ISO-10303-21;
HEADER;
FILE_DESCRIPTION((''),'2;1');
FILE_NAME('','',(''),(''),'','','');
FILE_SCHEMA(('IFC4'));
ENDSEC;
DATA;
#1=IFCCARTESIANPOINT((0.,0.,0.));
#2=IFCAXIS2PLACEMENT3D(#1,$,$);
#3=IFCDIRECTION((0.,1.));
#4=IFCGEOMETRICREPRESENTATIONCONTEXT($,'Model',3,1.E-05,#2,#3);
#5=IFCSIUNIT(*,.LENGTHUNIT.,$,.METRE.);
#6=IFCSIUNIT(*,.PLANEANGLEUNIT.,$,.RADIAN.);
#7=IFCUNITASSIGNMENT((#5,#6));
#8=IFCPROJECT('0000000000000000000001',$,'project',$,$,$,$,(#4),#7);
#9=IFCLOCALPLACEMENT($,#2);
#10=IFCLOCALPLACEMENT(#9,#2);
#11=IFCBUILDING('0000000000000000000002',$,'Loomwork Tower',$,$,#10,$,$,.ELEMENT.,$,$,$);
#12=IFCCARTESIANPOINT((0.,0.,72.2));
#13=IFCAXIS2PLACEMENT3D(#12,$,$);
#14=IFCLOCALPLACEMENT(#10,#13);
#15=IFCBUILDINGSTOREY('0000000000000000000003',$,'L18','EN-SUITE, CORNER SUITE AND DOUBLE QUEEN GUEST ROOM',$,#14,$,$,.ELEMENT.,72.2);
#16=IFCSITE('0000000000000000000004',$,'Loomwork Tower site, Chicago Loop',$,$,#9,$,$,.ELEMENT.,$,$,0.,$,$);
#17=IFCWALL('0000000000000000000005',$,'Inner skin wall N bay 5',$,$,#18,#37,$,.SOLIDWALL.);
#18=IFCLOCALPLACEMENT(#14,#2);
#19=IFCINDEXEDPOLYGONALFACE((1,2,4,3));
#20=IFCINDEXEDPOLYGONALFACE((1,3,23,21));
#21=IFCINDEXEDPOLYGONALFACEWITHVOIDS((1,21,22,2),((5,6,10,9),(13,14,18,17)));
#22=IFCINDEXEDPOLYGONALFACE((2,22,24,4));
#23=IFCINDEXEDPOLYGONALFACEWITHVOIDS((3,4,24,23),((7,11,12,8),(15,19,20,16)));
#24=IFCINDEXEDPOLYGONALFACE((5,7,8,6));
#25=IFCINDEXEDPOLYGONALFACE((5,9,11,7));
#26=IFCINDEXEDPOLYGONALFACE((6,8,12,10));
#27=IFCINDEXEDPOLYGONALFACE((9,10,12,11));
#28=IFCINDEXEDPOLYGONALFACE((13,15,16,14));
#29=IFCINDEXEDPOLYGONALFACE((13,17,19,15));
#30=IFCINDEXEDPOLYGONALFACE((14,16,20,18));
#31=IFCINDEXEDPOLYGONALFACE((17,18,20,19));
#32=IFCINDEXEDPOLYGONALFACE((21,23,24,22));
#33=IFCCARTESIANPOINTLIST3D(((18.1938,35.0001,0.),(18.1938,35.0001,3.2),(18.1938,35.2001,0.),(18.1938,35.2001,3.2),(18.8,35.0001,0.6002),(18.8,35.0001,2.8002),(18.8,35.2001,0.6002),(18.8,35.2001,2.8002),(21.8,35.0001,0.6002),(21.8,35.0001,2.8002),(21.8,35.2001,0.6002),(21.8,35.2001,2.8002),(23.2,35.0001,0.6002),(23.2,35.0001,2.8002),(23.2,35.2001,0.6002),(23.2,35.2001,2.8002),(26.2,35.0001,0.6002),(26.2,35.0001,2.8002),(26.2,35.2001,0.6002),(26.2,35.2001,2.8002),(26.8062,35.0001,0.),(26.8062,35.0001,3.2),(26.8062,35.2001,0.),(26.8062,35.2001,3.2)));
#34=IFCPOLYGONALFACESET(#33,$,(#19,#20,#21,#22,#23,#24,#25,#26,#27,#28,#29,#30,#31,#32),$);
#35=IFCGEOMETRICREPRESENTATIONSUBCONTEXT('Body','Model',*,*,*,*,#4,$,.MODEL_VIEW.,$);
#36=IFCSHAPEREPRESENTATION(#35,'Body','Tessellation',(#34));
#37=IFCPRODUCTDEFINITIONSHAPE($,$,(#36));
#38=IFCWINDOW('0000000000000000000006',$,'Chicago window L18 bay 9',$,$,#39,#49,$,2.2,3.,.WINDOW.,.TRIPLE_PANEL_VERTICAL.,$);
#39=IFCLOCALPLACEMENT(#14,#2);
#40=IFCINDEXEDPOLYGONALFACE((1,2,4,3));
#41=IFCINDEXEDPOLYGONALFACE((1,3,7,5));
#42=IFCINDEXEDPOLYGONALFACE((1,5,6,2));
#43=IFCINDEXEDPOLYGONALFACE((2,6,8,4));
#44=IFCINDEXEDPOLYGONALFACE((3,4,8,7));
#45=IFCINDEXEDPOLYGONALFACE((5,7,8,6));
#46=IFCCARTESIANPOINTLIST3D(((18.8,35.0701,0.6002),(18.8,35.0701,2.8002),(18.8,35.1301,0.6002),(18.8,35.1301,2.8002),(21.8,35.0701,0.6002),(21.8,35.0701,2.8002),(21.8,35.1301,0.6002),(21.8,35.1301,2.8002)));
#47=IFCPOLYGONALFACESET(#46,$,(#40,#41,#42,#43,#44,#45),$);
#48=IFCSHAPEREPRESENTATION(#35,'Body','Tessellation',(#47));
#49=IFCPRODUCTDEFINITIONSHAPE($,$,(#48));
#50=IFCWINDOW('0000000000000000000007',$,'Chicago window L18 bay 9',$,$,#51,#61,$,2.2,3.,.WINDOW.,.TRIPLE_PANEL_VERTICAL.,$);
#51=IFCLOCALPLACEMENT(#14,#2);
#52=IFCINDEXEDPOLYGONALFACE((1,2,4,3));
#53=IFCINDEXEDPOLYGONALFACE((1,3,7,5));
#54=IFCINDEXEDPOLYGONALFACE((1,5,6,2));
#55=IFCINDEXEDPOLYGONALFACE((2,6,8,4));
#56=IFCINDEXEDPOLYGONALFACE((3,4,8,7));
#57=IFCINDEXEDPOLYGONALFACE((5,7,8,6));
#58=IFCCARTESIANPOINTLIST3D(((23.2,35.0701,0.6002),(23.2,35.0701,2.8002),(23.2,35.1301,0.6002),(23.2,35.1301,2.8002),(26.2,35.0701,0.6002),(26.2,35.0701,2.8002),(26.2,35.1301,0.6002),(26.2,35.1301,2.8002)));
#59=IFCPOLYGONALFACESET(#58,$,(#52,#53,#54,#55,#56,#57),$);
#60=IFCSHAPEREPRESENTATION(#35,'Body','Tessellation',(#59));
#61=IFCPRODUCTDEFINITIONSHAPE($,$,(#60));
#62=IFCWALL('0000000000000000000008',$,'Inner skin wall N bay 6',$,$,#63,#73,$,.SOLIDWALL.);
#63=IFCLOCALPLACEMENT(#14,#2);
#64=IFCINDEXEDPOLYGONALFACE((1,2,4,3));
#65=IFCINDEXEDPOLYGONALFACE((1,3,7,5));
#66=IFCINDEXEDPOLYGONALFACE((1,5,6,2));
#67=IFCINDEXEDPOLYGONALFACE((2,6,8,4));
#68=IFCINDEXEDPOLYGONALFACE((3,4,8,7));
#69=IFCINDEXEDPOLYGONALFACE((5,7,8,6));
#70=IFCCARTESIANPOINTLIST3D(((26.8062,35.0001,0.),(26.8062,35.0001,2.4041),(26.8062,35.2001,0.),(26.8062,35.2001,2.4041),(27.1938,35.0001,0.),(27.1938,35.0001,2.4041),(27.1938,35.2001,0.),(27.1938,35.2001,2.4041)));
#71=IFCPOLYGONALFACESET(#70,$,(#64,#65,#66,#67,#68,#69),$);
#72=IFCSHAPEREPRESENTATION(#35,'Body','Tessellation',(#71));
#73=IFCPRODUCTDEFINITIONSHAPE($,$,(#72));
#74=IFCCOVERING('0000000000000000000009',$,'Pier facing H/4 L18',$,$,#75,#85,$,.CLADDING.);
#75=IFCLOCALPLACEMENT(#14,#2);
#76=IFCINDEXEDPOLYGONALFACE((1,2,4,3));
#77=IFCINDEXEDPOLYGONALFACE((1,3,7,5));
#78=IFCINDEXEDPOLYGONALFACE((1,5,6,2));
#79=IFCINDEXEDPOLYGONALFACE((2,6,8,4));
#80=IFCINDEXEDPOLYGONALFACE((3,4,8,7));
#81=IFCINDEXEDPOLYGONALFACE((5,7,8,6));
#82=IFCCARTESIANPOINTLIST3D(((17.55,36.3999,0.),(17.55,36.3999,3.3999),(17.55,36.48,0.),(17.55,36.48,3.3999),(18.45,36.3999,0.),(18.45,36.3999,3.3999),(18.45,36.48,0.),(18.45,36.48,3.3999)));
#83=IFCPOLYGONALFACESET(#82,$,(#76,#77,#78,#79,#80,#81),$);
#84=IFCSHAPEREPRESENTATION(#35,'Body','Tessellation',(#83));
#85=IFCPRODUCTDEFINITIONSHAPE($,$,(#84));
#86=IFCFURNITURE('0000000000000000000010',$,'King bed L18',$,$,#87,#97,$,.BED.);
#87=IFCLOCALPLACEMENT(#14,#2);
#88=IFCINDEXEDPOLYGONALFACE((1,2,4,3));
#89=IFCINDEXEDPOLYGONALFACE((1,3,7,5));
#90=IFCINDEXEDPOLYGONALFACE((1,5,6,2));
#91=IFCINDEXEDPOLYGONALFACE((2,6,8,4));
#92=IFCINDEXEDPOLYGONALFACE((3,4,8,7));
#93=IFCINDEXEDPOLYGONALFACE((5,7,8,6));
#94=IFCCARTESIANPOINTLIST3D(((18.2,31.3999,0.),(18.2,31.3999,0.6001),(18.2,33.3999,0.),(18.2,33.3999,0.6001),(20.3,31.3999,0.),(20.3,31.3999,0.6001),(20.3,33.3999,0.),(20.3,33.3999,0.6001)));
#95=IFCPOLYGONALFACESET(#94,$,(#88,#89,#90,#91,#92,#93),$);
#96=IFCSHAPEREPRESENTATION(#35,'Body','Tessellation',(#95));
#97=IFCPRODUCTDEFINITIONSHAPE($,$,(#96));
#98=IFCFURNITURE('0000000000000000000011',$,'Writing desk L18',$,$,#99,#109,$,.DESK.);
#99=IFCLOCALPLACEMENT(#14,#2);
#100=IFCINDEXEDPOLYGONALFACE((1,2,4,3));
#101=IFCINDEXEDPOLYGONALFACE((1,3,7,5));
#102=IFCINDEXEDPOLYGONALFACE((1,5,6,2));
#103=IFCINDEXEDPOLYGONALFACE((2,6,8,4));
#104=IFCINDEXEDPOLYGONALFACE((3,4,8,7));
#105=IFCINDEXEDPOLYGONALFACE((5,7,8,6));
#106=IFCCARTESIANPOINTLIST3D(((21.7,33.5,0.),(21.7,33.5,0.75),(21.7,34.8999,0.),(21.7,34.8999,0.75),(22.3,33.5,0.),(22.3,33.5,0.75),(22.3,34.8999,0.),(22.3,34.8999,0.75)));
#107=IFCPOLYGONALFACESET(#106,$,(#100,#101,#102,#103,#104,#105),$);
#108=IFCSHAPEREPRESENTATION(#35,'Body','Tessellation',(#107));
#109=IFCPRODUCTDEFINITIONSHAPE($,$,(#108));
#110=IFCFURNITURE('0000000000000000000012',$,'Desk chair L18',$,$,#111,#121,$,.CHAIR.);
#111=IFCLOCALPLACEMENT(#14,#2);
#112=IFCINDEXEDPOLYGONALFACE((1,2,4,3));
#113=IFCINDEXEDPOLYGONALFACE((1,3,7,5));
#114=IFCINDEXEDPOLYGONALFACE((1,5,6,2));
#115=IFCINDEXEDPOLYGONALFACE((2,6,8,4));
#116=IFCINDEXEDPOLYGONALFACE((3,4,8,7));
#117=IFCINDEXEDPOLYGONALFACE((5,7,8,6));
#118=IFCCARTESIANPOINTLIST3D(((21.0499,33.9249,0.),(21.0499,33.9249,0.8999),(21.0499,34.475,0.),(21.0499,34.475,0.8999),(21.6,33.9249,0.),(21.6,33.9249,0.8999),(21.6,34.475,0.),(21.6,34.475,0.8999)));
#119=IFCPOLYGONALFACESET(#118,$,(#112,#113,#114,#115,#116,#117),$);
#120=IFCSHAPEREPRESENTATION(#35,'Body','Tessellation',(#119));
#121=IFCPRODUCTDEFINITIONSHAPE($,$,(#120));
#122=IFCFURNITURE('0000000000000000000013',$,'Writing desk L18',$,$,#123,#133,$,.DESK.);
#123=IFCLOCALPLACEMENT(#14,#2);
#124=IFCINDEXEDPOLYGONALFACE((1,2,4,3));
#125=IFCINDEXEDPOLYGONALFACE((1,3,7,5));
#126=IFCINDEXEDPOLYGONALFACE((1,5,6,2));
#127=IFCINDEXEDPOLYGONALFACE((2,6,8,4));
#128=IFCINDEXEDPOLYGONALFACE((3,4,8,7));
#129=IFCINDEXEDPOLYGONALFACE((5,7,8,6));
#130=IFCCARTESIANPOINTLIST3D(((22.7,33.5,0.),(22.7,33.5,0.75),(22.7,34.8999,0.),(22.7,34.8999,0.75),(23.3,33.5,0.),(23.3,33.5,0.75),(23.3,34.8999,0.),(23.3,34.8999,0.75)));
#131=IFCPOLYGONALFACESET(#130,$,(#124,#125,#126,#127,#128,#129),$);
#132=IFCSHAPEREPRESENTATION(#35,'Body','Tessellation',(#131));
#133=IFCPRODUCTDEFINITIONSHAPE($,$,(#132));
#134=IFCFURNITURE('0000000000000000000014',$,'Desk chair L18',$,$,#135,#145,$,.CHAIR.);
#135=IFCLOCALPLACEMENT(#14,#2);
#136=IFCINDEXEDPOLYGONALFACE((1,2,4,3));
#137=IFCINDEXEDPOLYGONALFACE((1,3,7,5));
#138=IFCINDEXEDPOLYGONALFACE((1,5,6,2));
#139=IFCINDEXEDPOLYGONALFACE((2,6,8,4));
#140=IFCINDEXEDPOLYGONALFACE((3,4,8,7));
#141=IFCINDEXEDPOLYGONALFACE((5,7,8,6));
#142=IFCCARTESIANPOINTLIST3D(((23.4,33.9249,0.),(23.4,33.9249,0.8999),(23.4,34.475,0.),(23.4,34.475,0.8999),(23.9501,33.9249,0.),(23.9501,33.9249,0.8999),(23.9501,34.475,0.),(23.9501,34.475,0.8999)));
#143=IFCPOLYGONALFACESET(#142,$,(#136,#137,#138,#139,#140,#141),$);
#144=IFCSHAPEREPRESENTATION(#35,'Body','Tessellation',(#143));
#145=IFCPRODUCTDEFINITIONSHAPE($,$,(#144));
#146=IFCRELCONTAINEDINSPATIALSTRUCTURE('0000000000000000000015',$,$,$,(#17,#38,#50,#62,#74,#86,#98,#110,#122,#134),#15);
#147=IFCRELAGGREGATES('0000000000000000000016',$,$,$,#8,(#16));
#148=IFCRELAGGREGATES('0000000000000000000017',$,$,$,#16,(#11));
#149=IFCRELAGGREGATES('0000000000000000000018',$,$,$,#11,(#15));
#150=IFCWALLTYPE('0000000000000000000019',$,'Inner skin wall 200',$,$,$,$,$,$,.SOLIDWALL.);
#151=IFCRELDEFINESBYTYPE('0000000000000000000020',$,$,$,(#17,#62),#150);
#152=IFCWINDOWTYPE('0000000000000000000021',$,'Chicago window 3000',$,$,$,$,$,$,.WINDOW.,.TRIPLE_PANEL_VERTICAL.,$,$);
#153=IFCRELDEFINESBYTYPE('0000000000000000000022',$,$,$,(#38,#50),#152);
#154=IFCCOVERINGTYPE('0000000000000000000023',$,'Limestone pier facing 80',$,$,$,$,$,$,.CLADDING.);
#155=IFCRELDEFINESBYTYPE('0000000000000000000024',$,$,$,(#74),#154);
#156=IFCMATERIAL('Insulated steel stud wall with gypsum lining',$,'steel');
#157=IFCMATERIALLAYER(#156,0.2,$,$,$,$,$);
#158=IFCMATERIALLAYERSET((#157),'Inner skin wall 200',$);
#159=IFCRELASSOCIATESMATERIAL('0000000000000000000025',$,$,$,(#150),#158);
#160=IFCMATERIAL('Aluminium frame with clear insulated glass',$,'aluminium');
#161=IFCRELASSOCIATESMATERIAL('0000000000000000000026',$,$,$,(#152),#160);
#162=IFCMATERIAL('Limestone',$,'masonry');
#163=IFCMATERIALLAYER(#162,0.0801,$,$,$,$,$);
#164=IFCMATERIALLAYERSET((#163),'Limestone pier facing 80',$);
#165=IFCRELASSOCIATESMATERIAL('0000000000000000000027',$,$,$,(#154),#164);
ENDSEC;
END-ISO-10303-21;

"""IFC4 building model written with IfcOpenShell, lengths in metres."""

from ifc_helpers import new_model, si_unit, direction, frame, frame_2d, origin, origin_2d, place, context, subcontext, project, spatial, rectangle, extrude, material, layer, layer_set, type_object, element, fill, save


model = new_model("IFC4")

# Units and contexts
model_context = context("Model", 3, precision=1e-05, world=origin(), true_north=direction((0.0, 1.0)))
body_context = subcontext(model_context, "Body", "Model", "MODEL_VIEW")
ifc_project = project(units=[si_unit("LENGTHUNIT", "METRE"), si_unit("PLANEANGLEUNIT", "RADIAN")], contexts=[model_context])

# Site, building, storey
site_placement = place(None, origin())
site = spatial("IfcSite", under=ifc_project, at=site_placement, Name="Loomwork Tower site, Chicago Loop", CompositionType="ELEMENT", RefElevation=0.0)
building_placement = place(site_placement, origin())
building = spatial("IfcBuilding", under=site, at=building_placement, Name="Loomwork Tower", CompositionType="ELEMENT")
storey_placement = place(building_placement, frame((0.0, 0.0, 72.2)))
storey = spatial("IfcBuildingStorey", under=building, at=storey_placement, Name="L18", Description="EN-SUITE, CORNER SUITE AND DOUBLE QUEEN GUEST ROOM", CompositionType="ELEMENT", Elevation=72.2)

# Shared definitions
ifc_material_1 = material(Name="Insulated steel stud wall with gypsum lining", Category="steel")
ifc_layer_1 = layer(ifc_material_1, 0.2)
ifc_layer_set_1 = layer_set([ifc_layer_1], Name="Inner skin wall 200")
wall_type = type_object("IfcWallType", Name="Inner skin wall 200", PredefinedType="SOLIDWALL", material=ifc_layer_set_1)

# Wall, openings, windows
wall_1_placement = place(storey_placement, frame((18.1938, 35.1001, 0.0), z_axis=(0.0, 0.0, 1.0), x_axis=(1.0, 0.0, 0.0)))
wall_1 = element("IfcWall", 1, at=wall_1_placement, inside=storey, type_object=wall_type, Name="Inner skin wall N bay 5", PredefinedType="SOLIDWALL", context=body_context, shape_type="SweptSolid", body=[
    extrude(rectangle(XDim=8.6123, YDim=0.2, at=frame_2d((4.3062, 0.0))), origin(), (0.0, 0.0, 1.0), 3.2),
])
opening_1_placement = place(wall_1_placement, frame((0.6062, 0.0, 0.6001)))
opening_1 = element("IfcOpeningElement", 2, at=opening_1_placement, cuts=wall_1, PredefinedType="OPENING", context=body_context, shape_type="SweptSolid", body=[
    extrude(rectangle(XDim=3.0, YDim=2.2, at=frame_2d((1.5, 1.1001))), frame((0.0, 0.1099, 0.0), z_axis=(0.0, -1.0, 0.0), x_axis=(1.0, 0.0, 0.0)), (0.0, 0.0, 1.0), 0.22),
])
opening_2_placement = place(wall_1_placement, frame((5.0061, 0.0, 0.6001)))
opening_2 = element("IfcOpeningElement", 3, at=opening_2_placement, cuts=wall_1, PredefinedType="OPENING", context=body_context, shape_type="SweptSolid", body=[
    extrude(rectangle(XDim=3.0, YDim=2.2, at=frame_2d((1.5, 1.1001))), frame((0.0, 0.1099, 0.0), z_axis=(0.0, -1.0, 0.0), x_axis=(1.0, 0.0, 0.0)), (0.0, 0.0, 1.0), 0.22),
])
ifc_material_2 = material(Name="Aluminium frame with clear insulated glass", Category="aluminium")
window_type = type_object("IfcWindowType", Name="Chicago window 3000", PartitioningType="TRIPLE_PANEL_VERTICAL", PredefinedType="WINDOW", material=ifc_material_2)
window_1_placement = place(opening_1_placement, origin())
window_1 = element("IfcWindow", 4, at=window_1_placement, inside=storey, type_object=window_type, Name="Chicago window L18 bay 9", OverallHeight=2.2, OverallWidth=3.0, PartitioningType="TRIPLE_PANEL_VERTICAL", PredefinedType="WINDOW", context=body_context, shape_type="SweptSolid", body=[
    extrude(rectangle(XDim=3.0, YDim=2.2, at=frame_2d((1.5, 1.1001))), frame((0.0, 0.03, 0.0), z_axis=(0.0, -1.0, 0.0), x_axis=(1.0, 0.0, 0.0)), (0.0, 0.0, 1.0), 0.0601),
])
fill(opening_1, window_1)
window_2_placement = place(opening_2_placement, origin())
window_2 = element("IfcWindow", 5, at=window_2_placement, inside=storey, type_object=window_type, Name="Chicago window L18 bay 9", OverallHeight=2.2, OverallWidth=3.0, PartitioningType="TRIPLE_PANEL_VERTICAL", PredefinedType="WINDOW", context=body_context, shape_type="SweptSolid", body=[
    extrude(rectangle(XDim=3.0, YDim=2.2, at=frame_2d((1.5, 1.1001))), frame((0.0, 0.03, 0.0), z_axis=(0.0, -1.0, 0.0), x_axis=(1.0, 0.0, 0.0)), (0.0, 0.0, 1.0), 0.0601),
])
fill(opening_2, window_2)

# Wall
wall_2_placement = place(storey_placement, frame((26.8062, 35.1001, 0.0), z_axis=(0.0, 0.0, 1.0), x_axis=(1.0, 0.0, 0.0)))
element("IfcWall", 6, at=wall_2_placement, inside=storey, type_object=wall_type, Name="Inner skin wall N bay 6", PredefinedType="SOLIDWALL", context=body_context, shape_type="SweptSolid", body=[
    extrude(rectangle(XDim=0.3877, YDim=0.2, at=frame_2d((0.1938, 0.0))), origin(), (0.0, 0.0, 1.0), 2.4041),
])

# Covering
ifc_material_3 = material(Name="Limestone", Category="masonry")
ifc_layer_2 = layer(ifc_material_3, 0.0801)
ifc_layer_set_2 = layer_set([ifc_layer_2], Name="Limestone pier facing 80")
covering_type = type_object("IfcCoveringType", Name="Limestone pier facing 80", PredefinedType="CLADDING", material=ifc_layer_set_2)
covering_placement = place(storey_placement, frame((18.0, 36.4399, 0.0), z_axis=(0.0, 0.0, 1.0), x_axis=(1.0, 0.0, 0.0)))
element("IfcCovering", 7, at=covering_placement, inside=storey, type_object=covering_type, Name="Pier facing H/4 L18", PredefinedType="CLADDING", context=body_context, shape_type="SweptSolid", body=[
    extrude(rectangle(XDim=0.8999, YDim=0.0801, at=origin_2d()), origin(), (0.0, 0.0, 1.0), 3.3999),
])

# Furniture
furniture_1_placement = place(storey_placement, frame((19.25, 32.3999, 0.0), z_axis=(0.0, 0.0, 1.0), x_axis=(1.0, 0.0, 0.0)))
element("IfcFurniture", 8, at=furniture_1_placement, inside=storey, Name="King bed L18", PredefinedType="BED", context=body_context, shape_type="SweptSolid", body=[
    extrude(rectangle(XDim=2.1001, YDim=2.0, at=origin_2d()), origin(), (0.0, 0.0, 1.0), 0.6001),
])
furniture_2_placement = place(storey_placement, frame((22.0, 34.2, 0.0), z_axis=(0.0, 0.0, 1.0), x_axis=(1.0, 0.0, 0.0)))
element("IfcFurniture", 9, at=furniture_2_placement, inside=storey, Name="Writing desk L18", PredefinedType="DESK", context=body_context, shape_type="SweptSolid", body=[
    extrude(rectangle(XDim=0.6001, YDim=1.3999, at=origin_2d()), origin(), (0.0, 0.0, 1.0), 0.75),
])
furniture_3_placement = place(storey_placement, frame((21.325, 34.2, 0.0), z_axis=(0.0, 0.0, 1.0), x_axis=(1.0, 0.0, 0.0)))
element("IfcFurniture", 10, at=furniture_3_placement, inside=storey, Name="Desk chair L18", PredefinedType="CHAIR", context=body_context, shape_type="SweptSolid", body=[
    extrude(rectangle(XDim=0.55, YDim=0.55, at=origin_2d()), origin(), (0.0, 0.0, 1.0), 0.8999),
])
furniture_4_placement = place(storey_placement, frame((23.0, 34.2, 0.0), z_axis=(0.0, 0.0, 1.0), x_axis=(1.0, 0.0, 0.0)))
element("IfcFurniture", 11, at=furniture_4_placement, inside=storey, Name="Writing desk L18", PredefinedType="DESK", context=body_context, shape_type="SweptSolid", body=[
    extrude(rectangle(XDim=0.6001, YDim=1.3999, at=origin_2d()), origin(), (0.0, 0.0, 1.0), 0.75),
])
furniture_5_placement = place(storey_placement, frame((23.675, 34.2, 0.0), z_axis=(0.0, 0.0, 1.0), x_axis=(1.0, 0.0, 0.0)))
element("IfcFurniture", 12, at=furniture_5_placement, inside=storey, Name="Desk chair L18", PredefinedType="CHAIR", context=body_context, shape_type="SweptSolid", body=[
    extrude(rectangle(XDim=0.55, YDim=0.55, at=origin_2d()), origin(), (0.0, 0.0, 1.0), 0.8999),
])

save(model, "model.ifc")
